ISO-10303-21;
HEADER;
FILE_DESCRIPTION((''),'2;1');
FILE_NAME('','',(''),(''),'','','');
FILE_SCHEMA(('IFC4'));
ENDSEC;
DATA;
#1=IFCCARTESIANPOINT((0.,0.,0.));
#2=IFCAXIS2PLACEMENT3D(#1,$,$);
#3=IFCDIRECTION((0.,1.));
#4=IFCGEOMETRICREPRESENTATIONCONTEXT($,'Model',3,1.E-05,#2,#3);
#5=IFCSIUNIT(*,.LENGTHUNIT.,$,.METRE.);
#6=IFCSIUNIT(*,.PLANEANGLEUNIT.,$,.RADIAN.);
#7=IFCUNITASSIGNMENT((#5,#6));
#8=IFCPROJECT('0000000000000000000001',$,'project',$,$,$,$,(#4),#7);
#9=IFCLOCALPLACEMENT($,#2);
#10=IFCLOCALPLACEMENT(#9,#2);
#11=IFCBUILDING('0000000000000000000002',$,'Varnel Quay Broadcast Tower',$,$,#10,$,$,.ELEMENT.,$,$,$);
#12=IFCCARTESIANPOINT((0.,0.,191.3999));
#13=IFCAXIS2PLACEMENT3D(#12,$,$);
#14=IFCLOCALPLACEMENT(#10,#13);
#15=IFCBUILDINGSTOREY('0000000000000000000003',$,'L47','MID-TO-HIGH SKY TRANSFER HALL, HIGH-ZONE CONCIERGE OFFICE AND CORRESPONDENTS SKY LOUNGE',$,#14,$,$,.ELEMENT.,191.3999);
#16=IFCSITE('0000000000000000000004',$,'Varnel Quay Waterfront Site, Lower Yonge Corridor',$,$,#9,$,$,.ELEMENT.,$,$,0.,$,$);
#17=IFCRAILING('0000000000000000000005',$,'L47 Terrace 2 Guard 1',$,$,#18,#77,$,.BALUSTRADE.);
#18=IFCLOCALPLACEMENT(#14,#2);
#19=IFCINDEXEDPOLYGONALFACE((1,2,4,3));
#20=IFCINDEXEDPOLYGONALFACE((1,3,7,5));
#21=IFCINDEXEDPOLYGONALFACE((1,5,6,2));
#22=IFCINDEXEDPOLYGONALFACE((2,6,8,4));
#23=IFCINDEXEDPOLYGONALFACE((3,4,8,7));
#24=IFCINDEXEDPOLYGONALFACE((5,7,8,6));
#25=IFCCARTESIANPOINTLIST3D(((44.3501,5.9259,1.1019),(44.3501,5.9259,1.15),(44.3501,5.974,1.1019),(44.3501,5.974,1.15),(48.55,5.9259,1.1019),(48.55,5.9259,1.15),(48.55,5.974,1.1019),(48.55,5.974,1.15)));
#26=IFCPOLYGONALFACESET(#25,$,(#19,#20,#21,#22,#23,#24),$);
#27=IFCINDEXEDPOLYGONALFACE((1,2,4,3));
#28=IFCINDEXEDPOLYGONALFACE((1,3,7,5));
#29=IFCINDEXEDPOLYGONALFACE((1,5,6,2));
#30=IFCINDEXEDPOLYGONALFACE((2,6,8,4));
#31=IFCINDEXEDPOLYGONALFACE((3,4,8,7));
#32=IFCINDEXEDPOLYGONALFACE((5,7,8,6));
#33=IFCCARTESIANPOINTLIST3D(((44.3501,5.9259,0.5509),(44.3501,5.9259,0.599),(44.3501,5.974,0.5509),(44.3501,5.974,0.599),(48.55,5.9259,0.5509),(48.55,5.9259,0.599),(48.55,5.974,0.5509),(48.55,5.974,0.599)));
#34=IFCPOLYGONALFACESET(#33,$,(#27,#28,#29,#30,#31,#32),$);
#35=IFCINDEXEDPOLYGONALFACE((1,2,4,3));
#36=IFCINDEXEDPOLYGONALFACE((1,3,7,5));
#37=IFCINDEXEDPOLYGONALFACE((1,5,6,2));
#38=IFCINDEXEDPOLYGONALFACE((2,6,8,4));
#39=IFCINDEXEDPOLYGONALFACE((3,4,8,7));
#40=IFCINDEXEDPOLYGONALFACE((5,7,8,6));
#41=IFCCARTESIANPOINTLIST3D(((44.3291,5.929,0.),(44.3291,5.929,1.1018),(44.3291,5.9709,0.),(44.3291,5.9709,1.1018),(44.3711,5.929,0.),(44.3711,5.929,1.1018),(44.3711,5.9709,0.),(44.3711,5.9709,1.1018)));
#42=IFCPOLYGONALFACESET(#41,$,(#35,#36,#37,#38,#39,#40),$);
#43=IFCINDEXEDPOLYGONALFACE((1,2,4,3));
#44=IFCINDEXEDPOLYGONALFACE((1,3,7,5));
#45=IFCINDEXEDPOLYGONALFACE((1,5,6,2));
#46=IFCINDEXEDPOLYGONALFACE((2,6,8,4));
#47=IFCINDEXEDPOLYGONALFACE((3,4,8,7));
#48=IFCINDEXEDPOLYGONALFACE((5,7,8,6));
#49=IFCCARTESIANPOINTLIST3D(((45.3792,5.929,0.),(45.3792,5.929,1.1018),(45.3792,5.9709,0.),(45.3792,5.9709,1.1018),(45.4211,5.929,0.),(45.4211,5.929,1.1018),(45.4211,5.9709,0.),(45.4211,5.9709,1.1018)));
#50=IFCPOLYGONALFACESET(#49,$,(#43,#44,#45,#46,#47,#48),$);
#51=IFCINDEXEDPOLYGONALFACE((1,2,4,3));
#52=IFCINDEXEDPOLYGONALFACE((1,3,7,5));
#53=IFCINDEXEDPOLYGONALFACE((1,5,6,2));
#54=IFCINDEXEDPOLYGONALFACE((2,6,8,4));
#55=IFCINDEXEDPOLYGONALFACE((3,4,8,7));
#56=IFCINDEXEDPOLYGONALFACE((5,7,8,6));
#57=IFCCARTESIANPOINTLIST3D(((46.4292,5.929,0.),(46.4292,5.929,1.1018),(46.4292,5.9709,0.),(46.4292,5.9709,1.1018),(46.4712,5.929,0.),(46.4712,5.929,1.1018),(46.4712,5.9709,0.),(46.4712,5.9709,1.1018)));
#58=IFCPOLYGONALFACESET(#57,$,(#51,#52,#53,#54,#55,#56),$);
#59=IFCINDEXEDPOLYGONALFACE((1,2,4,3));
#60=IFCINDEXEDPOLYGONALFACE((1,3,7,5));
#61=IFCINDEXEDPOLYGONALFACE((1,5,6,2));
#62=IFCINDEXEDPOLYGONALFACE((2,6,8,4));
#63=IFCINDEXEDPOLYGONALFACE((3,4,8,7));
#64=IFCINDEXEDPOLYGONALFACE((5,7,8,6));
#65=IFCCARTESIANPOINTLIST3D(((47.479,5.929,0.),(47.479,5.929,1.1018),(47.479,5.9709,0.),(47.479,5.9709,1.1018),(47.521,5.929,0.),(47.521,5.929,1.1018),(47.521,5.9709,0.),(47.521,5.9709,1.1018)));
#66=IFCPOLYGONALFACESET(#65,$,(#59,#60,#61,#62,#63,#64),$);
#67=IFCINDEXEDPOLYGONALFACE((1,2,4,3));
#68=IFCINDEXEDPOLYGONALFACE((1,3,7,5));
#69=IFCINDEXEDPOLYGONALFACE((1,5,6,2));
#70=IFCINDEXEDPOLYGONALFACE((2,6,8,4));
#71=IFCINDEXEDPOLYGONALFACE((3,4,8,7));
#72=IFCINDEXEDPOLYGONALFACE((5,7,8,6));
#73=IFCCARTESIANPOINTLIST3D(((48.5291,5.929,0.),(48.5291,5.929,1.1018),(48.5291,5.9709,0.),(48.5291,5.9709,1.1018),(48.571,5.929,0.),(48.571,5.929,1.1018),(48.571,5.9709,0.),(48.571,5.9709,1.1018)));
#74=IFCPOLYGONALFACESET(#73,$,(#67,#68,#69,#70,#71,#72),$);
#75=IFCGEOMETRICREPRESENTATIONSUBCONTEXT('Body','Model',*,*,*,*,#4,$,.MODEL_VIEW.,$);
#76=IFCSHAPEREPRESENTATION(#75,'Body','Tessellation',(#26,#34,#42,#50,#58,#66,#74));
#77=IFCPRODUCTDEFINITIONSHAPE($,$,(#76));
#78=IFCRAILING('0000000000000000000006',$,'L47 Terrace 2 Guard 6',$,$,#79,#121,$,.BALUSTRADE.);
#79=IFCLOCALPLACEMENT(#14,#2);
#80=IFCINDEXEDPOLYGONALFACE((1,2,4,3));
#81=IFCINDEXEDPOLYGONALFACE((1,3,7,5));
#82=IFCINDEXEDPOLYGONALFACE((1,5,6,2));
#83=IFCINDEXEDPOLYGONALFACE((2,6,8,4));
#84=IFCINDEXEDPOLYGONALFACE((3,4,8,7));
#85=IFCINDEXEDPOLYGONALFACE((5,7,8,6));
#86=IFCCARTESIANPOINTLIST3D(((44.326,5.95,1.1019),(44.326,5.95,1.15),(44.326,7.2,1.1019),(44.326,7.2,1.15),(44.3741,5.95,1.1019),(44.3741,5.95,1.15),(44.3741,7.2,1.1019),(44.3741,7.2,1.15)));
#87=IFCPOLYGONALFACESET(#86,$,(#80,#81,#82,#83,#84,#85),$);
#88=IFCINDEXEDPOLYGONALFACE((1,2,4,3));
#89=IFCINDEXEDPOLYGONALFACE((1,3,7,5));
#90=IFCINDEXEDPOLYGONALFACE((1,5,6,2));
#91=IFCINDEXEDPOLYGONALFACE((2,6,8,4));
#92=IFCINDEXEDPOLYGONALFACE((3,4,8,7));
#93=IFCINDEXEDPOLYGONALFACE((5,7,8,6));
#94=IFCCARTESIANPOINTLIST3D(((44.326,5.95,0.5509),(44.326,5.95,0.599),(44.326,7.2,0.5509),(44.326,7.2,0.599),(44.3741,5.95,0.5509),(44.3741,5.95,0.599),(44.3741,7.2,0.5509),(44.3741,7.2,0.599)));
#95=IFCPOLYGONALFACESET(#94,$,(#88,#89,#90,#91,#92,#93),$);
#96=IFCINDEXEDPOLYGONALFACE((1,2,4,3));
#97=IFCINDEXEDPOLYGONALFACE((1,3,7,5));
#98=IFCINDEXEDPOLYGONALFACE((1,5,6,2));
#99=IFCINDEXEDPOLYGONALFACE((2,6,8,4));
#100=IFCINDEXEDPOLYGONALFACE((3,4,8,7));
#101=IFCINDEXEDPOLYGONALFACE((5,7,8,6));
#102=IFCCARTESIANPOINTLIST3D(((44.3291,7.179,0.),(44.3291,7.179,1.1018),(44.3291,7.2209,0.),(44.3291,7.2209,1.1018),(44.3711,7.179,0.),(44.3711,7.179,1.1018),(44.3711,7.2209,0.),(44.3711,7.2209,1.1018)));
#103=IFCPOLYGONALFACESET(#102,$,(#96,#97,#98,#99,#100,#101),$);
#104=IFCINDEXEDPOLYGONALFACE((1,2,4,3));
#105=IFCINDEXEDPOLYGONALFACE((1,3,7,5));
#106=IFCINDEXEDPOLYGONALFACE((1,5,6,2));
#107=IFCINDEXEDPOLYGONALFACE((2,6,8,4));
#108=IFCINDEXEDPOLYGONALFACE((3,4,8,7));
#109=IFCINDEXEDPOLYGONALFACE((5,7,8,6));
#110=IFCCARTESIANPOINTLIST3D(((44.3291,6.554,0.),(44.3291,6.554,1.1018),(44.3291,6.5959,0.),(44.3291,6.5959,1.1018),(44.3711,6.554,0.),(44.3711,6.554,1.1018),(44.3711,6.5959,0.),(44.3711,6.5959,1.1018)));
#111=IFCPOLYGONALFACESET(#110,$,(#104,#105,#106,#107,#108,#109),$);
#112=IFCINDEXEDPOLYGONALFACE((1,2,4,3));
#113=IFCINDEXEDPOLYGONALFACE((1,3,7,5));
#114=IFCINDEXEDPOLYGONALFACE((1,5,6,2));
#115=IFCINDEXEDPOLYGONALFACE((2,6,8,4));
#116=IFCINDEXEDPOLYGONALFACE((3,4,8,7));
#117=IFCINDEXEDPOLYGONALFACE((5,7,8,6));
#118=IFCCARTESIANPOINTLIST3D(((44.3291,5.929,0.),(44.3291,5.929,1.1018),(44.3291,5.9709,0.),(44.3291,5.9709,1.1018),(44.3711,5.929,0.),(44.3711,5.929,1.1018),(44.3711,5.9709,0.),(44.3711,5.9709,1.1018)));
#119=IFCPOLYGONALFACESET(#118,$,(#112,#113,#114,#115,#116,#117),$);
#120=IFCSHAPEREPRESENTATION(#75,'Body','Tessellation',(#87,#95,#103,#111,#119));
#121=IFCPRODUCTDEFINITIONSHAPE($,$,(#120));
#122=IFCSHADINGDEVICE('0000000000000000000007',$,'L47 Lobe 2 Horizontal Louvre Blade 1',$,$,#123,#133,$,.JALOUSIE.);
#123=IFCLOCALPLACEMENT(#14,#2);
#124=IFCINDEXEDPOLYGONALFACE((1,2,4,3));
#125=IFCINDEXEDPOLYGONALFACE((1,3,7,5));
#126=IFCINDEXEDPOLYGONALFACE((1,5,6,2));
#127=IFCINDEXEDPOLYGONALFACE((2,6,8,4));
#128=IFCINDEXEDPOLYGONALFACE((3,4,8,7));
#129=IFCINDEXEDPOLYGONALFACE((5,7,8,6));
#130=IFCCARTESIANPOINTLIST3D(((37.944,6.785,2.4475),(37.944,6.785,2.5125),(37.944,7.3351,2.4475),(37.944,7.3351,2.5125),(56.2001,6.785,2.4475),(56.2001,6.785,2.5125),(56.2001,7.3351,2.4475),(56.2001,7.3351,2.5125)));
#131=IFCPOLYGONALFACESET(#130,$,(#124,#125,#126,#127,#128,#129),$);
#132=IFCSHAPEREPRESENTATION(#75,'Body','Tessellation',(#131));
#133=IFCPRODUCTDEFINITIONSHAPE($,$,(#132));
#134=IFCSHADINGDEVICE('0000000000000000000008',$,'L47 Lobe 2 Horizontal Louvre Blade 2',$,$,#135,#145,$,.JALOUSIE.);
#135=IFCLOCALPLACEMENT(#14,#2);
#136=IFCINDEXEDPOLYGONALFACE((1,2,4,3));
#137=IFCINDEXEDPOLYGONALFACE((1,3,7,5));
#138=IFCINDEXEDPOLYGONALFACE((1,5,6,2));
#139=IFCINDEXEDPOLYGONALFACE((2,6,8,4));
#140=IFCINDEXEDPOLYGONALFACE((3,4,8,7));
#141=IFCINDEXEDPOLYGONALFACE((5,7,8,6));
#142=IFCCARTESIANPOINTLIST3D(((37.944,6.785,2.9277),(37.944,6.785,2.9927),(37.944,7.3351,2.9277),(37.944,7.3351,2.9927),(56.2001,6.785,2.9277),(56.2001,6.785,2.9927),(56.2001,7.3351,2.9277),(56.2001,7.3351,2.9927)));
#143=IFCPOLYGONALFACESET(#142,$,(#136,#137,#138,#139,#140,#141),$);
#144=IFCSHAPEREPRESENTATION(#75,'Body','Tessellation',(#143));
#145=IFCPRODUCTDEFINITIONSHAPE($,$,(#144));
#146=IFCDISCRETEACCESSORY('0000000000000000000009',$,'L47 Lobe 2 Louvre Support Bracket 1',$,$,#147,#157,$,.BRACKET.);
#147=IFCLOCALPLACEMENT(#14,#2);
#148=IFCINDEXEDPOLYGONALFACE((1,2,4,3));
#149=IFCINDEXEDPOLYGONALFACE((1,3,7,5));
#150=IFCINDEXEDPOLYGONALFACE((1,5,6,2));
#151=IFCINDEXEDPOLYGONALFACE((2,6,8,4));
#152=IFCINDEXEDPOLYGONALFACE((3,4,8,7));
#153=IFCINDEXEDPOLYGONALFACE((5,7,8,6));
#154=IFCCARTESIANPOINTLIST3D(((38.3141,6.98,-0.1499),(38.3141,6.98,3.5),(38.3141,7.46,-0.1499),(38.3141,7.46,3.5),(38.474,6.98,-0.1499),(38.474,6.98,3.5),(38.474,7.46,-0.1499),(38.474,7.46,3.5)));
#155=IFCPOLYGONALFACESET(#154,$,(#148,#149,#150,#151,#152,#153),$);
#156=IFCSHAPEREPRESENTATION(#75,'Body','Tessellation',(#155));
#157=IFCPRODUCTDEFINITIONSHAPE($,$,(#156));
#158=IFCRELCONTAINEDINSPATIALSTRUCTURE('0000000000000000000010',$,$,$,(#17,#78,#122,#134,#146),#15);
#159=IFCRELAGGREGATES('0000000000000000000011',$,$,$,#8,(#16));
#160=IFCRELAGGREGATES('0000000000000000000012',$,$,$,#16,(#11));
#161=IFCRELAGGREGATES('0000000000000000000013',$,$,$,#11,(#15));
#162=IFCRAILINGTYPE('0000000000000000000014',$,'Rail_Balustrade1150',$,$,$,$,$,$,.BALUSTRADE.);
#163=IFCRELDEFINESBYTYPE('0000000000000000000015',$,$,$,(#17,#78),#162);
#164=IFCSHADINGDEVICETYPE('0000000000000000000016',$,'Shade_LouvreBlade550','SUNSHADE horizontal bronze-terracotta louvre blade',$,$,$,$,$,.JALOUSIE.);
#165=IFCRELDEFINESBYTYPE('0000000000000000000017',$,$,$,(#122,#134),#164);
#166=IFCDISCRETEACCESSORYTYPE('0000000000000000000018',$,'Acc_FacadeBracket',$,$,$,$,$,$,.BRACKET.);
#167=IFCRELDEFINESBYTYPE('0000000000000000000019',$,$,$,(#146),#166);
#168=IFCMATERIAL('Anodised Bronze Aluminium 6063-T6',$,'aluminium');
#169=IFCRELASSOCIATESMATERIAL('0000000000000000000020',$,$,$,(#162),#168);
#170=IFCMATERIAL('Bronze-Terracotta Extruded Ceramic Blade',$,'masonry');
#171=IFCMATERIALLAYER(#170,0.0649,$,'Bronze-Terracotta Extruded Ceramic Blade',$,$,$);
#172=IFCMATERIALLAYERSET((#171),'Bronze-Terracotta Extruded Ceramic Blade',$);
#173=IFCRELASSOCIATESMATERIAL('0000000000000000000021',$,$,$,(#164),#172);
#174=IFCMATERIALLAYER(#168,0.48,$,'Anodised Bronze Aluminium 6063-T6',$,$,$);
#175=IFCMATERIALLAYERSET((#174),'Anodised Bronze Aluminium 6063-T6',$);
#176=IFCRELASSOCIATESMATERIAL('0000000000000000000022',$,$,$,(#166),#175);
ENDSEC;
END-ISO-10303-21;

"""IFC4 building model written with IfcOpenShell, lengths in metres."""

from ifc_helpers import new_model, si_unit, direction, frame, origin, origin_2d, place, context, subcontext, project, spatial, rectangle, extrude, source, transform, mapped, material, layer, layer_set, type_object, type_shapes, element, save


model = new_model("IFC4")

# Units and contexts
model_context = context("Model", 3, precision=1e-05, world=origin(), true_north=direction((0.0, 1.0)))
body_context = subcontext(model_context, "Body", "Model", "MODEL_VIEW")
ifc_project = project(units=[si_unit("LENGTHUNIT", "METRE"), si_unit("PLANEANGLEUNIT", "RADIAN")], contexts=[model_context])

# Site, building, storey
site_placement = place(None, origin())
site = spatial("IfcSite", under=ifc_project, at=site_placement, Name="Varnel Quay Waterfront Site, Lower Yonge Corridor", CompositionType="ELEMENT", RefElevation=0.0)
building_placement = place(site_placement, origin())
building = spatial("IfcBuilding", under=site, at=building_placement, Name="Varnel Quay Broadcast Tower", CompositionType="ELEMENT")
storey_placement = place(building_placement, frame((0.0, 0.0, 191.3999)))
storey = spatial("IfcBuildingStorey", under=building, at=storey_placement, Name="L47", Description="MID-TO-HIGH SKY TRANSFER HALL, HIGH-ZONE CONCIERGE OFFICE AND CORRESPONDENTS SKY LOUNGE", CompositionType="ELEMENT", Elevation=191.3999)

# Shared definitions
ifc_material_1 = material(Name="Anodised Bronze Aluminium 6063-T6", Category="aluminium")

# Railings
railing_type = type_object("IfcRailingType", Name="Rail_Balustrade1150", PredefinedType="BALUSTRADE", material=ifc_material_1)
railing_1_placement = place(storey_placement, frame((44.3501, 5.95, 0.0)))
element("IfcRailing", 1, at=railing_1_placement, inside=storey, type_object=railing_type, Name="L47 Terrace 2 Guard 1", PredefinedType="BALUSTRADE", context=body_context, shape_type="SweptSolid", body=[
    extrude(rectangle(XDim=0.0481, YDim=0.0481, at=origin_2d()), frame((0.0, 0.0, 1.126), z_axis=(1.0, 0.0, 0.0), x_axis=(0.0, 1.0, 0.0)), (0.0, 0.0, 1.0), 4.2),
    extrude(rectangle(XDim=0.0481, YDim=0.0481, at=origin_2d()), frame((0.0, 0.0, 0.575), z_axis=(1.0, 0.0, 0.0), x_axis=(0.0, 1.0, 0.0)), (0.0, 0.0, 1.0), 4.2),
    extrude(rectangle(XDim=0.042, YDim=0.042, at=origin_2d()), origin(), (0.0, 0.0, 1.0), 1.1018),
    extrude(rectangle(XDim=0.042, YDim=0.042, at=origin_2d()), frame((1.05, 0.0, 0.0)), (0.0, 0.0, 1.0), 1.1018),
    extrude(rectangle(XDim=0.042, YDim=0.042, at=origin_2d()), frame((2.1001, 0.0, 0.0)), (0.0, 0.0, 1.0), 1.1018),
    extrude(rectangle(XDim=0.042, YDim=0.042, at=origin_2d()), frame((3.1499, 0.0, 0.0)), (0.0, 0.0, 1.0), 1.1018),
    extrude(rectangle(XDim=0.042, YDim=0.042, at=origin_2d()), frame((4.2, 0.0, 0.0)), (0.0, 0.0, 1.0), 1.1018),
])
railing_2_placement = place(storey_placement, frame((44.3501, 7.2, 0.0)))
element("IfcRailing", 2, at=railing_2_placement, inside=storey, type_object=railing_type, Name="L47 Terrace 2 Guard 6", PredefinedType="BALUSTRADE", context=body_context, shape_type="SweptSolid", body=[
    extrude(rectangle(XDim=0.0481, YDim=0.0481, at=origin_2d()), frame((0.0, 0.0, 1.126), z_axis=(0.0, -1.0, 0.0), x_axis=(1.0, 0.0, 0.0)), (0.0, 0.0, 1.0), 1.25),
    extrude(rectangle(XDim=0.0481, YDim=0.0481, at=origin_2d()), frame((0.0, 0.0, 0.575), z_axis=(0.0, -1.0, 0.0), x_axis=(1.0, 0.0, 0.0)), (0.0, 0.0, 1.0), 1.25),
    extrude(rectangle(XDim=0.042, YDim=0.042, at=origin_2d()), origin(), (0.0, 0.0, 1.0), 1.1018),
    extrude(rectangle(XDim=0.042, YDim=0.042, at=origin_2d()), frame((0.0, -0.625, 0.0)), (0.0, 0.0, 1.0), 1.1018),
    extrude(rectangle(XDim=0.042, YDim=0.042, at=origin_2d()), frame((0.0, -1.25, 0.0)), (0.0, 0.0, 1.0), 1.1018),
])

# Shading devices
ifc_material_2 = material(Name="Bronze-Terracotta Extruded Ceramic Blade", Category="masonry")
ifc_layer_1 = layer(ifc_material_2, 0.0649, Name="Bronze-Terracotta Extruded Ceramic Blade")
ifc_layer_set_1 = layer_set([ifc_layer_1], Name="Bronze-Terracotta Extruded Ceramic Blade")
shading_device_type = type_object("IfcShadingDeviceType", Name="Shade_LouvreBlade550", Description="SUNSHADE horizontal bronze-terracotta louvre blade", PredefinedType="JALOUSIE", material=ifc_layer_set_1)
shared_shape_1 = source(origin(), body_context, "Body", "SweptSolid", [
    extrude(rectangle(XDim=18.2561, YDim=0.55, at=origin_2d()), origin(), (0.0, 0.0, 1.0), 0.0649),
])
type_shapes(shading_device_type, [shared_shape_1])
for number, where, z_axis, x_axis, name in (
    (3, (47.072, 7.0601, 2.4475), (0.0, 0.0, 1.0), (1.0, 0.0, 0.0), "L47 Lobe 2 Horizontal Louvre Blade 1"),
    (4, (47.072, 7.0601, 2.9277), (0.0, 0.0, 1.0), (1.0, 0.0, 0.0), "L47 Lobe 2 Horizontal Louvre Blade 2"),
):
    element("IfcShadingDevice", number, at=place(storey_placement, frame(where, z_axis=z_axis, x_axis=x_axis)), inside=storey, type_object=shading_device_type, Name=name, PredefinedType="JALOUSIE", context=body_context, shape_type="MappedRepresentation", body=[
        mapped(shared_shape_1, transform((0.0, 0.0, 0.0), x_axis=(1.0, 0.0, 0.0), y_axis=(0.0, 1.0, 0.0), z_axis=(0.0, 0.0, 1.0), scale=1.0)),
    ])

# Discrete accessory
ifc_layer_2 = layer(ifc_material_1, 0.48, Name="Anodised Bronze Aluminium 6063-T6")
ifc_layer_set_2 = layer_set([ifc_layer_2], Name="Anodised Bronze Aluminium 6063-T6")
discrete_accessory_type = type_object("IfcDiscreteAccessoryType", Name="Acc_FacadeBracket", PredefinedType="BRACKET", material=ifc_layer_set_2)
shared_shape_2 = source(origin(), body_context, "Body", "SweptSolid", [
    extrude(rectangle(XDim=0.1599, YDim=0.48, at=origin_2d()), origin(), (0.0, 0.0, 1.0), 3.6499),
])
type_shapes(discrete_accessory_type, [shared_shape_2])
discrete_accessory_placement = place(storey_placement, frame((38.394, 7.22, -0.1499), z_axis=(0.0, 0.0, 1.0), x_axis=(1.0, 0.0, 0.0)))
element("IfcDiscreteAccessory", 5, at=discrete_accessory_placement, inside=storey, type_object=discrete_accessory_type, Name="L47 Lobe 2 Louvre Support Bracket 1", PredefinedType="BRACKET", context=body_context, shape_type="MappedRepresentation", body=[
    mapped(shared_shape_2, transform((0.0, 0.0, 0.0), x_axis=(1.0, 0.0, 0.0), y_axis=(0.0, 1.0, 0.0), z_axis=(0.0, 0.0, 1.0), scale=1.0)),
])

save(model, "model.ifc")
